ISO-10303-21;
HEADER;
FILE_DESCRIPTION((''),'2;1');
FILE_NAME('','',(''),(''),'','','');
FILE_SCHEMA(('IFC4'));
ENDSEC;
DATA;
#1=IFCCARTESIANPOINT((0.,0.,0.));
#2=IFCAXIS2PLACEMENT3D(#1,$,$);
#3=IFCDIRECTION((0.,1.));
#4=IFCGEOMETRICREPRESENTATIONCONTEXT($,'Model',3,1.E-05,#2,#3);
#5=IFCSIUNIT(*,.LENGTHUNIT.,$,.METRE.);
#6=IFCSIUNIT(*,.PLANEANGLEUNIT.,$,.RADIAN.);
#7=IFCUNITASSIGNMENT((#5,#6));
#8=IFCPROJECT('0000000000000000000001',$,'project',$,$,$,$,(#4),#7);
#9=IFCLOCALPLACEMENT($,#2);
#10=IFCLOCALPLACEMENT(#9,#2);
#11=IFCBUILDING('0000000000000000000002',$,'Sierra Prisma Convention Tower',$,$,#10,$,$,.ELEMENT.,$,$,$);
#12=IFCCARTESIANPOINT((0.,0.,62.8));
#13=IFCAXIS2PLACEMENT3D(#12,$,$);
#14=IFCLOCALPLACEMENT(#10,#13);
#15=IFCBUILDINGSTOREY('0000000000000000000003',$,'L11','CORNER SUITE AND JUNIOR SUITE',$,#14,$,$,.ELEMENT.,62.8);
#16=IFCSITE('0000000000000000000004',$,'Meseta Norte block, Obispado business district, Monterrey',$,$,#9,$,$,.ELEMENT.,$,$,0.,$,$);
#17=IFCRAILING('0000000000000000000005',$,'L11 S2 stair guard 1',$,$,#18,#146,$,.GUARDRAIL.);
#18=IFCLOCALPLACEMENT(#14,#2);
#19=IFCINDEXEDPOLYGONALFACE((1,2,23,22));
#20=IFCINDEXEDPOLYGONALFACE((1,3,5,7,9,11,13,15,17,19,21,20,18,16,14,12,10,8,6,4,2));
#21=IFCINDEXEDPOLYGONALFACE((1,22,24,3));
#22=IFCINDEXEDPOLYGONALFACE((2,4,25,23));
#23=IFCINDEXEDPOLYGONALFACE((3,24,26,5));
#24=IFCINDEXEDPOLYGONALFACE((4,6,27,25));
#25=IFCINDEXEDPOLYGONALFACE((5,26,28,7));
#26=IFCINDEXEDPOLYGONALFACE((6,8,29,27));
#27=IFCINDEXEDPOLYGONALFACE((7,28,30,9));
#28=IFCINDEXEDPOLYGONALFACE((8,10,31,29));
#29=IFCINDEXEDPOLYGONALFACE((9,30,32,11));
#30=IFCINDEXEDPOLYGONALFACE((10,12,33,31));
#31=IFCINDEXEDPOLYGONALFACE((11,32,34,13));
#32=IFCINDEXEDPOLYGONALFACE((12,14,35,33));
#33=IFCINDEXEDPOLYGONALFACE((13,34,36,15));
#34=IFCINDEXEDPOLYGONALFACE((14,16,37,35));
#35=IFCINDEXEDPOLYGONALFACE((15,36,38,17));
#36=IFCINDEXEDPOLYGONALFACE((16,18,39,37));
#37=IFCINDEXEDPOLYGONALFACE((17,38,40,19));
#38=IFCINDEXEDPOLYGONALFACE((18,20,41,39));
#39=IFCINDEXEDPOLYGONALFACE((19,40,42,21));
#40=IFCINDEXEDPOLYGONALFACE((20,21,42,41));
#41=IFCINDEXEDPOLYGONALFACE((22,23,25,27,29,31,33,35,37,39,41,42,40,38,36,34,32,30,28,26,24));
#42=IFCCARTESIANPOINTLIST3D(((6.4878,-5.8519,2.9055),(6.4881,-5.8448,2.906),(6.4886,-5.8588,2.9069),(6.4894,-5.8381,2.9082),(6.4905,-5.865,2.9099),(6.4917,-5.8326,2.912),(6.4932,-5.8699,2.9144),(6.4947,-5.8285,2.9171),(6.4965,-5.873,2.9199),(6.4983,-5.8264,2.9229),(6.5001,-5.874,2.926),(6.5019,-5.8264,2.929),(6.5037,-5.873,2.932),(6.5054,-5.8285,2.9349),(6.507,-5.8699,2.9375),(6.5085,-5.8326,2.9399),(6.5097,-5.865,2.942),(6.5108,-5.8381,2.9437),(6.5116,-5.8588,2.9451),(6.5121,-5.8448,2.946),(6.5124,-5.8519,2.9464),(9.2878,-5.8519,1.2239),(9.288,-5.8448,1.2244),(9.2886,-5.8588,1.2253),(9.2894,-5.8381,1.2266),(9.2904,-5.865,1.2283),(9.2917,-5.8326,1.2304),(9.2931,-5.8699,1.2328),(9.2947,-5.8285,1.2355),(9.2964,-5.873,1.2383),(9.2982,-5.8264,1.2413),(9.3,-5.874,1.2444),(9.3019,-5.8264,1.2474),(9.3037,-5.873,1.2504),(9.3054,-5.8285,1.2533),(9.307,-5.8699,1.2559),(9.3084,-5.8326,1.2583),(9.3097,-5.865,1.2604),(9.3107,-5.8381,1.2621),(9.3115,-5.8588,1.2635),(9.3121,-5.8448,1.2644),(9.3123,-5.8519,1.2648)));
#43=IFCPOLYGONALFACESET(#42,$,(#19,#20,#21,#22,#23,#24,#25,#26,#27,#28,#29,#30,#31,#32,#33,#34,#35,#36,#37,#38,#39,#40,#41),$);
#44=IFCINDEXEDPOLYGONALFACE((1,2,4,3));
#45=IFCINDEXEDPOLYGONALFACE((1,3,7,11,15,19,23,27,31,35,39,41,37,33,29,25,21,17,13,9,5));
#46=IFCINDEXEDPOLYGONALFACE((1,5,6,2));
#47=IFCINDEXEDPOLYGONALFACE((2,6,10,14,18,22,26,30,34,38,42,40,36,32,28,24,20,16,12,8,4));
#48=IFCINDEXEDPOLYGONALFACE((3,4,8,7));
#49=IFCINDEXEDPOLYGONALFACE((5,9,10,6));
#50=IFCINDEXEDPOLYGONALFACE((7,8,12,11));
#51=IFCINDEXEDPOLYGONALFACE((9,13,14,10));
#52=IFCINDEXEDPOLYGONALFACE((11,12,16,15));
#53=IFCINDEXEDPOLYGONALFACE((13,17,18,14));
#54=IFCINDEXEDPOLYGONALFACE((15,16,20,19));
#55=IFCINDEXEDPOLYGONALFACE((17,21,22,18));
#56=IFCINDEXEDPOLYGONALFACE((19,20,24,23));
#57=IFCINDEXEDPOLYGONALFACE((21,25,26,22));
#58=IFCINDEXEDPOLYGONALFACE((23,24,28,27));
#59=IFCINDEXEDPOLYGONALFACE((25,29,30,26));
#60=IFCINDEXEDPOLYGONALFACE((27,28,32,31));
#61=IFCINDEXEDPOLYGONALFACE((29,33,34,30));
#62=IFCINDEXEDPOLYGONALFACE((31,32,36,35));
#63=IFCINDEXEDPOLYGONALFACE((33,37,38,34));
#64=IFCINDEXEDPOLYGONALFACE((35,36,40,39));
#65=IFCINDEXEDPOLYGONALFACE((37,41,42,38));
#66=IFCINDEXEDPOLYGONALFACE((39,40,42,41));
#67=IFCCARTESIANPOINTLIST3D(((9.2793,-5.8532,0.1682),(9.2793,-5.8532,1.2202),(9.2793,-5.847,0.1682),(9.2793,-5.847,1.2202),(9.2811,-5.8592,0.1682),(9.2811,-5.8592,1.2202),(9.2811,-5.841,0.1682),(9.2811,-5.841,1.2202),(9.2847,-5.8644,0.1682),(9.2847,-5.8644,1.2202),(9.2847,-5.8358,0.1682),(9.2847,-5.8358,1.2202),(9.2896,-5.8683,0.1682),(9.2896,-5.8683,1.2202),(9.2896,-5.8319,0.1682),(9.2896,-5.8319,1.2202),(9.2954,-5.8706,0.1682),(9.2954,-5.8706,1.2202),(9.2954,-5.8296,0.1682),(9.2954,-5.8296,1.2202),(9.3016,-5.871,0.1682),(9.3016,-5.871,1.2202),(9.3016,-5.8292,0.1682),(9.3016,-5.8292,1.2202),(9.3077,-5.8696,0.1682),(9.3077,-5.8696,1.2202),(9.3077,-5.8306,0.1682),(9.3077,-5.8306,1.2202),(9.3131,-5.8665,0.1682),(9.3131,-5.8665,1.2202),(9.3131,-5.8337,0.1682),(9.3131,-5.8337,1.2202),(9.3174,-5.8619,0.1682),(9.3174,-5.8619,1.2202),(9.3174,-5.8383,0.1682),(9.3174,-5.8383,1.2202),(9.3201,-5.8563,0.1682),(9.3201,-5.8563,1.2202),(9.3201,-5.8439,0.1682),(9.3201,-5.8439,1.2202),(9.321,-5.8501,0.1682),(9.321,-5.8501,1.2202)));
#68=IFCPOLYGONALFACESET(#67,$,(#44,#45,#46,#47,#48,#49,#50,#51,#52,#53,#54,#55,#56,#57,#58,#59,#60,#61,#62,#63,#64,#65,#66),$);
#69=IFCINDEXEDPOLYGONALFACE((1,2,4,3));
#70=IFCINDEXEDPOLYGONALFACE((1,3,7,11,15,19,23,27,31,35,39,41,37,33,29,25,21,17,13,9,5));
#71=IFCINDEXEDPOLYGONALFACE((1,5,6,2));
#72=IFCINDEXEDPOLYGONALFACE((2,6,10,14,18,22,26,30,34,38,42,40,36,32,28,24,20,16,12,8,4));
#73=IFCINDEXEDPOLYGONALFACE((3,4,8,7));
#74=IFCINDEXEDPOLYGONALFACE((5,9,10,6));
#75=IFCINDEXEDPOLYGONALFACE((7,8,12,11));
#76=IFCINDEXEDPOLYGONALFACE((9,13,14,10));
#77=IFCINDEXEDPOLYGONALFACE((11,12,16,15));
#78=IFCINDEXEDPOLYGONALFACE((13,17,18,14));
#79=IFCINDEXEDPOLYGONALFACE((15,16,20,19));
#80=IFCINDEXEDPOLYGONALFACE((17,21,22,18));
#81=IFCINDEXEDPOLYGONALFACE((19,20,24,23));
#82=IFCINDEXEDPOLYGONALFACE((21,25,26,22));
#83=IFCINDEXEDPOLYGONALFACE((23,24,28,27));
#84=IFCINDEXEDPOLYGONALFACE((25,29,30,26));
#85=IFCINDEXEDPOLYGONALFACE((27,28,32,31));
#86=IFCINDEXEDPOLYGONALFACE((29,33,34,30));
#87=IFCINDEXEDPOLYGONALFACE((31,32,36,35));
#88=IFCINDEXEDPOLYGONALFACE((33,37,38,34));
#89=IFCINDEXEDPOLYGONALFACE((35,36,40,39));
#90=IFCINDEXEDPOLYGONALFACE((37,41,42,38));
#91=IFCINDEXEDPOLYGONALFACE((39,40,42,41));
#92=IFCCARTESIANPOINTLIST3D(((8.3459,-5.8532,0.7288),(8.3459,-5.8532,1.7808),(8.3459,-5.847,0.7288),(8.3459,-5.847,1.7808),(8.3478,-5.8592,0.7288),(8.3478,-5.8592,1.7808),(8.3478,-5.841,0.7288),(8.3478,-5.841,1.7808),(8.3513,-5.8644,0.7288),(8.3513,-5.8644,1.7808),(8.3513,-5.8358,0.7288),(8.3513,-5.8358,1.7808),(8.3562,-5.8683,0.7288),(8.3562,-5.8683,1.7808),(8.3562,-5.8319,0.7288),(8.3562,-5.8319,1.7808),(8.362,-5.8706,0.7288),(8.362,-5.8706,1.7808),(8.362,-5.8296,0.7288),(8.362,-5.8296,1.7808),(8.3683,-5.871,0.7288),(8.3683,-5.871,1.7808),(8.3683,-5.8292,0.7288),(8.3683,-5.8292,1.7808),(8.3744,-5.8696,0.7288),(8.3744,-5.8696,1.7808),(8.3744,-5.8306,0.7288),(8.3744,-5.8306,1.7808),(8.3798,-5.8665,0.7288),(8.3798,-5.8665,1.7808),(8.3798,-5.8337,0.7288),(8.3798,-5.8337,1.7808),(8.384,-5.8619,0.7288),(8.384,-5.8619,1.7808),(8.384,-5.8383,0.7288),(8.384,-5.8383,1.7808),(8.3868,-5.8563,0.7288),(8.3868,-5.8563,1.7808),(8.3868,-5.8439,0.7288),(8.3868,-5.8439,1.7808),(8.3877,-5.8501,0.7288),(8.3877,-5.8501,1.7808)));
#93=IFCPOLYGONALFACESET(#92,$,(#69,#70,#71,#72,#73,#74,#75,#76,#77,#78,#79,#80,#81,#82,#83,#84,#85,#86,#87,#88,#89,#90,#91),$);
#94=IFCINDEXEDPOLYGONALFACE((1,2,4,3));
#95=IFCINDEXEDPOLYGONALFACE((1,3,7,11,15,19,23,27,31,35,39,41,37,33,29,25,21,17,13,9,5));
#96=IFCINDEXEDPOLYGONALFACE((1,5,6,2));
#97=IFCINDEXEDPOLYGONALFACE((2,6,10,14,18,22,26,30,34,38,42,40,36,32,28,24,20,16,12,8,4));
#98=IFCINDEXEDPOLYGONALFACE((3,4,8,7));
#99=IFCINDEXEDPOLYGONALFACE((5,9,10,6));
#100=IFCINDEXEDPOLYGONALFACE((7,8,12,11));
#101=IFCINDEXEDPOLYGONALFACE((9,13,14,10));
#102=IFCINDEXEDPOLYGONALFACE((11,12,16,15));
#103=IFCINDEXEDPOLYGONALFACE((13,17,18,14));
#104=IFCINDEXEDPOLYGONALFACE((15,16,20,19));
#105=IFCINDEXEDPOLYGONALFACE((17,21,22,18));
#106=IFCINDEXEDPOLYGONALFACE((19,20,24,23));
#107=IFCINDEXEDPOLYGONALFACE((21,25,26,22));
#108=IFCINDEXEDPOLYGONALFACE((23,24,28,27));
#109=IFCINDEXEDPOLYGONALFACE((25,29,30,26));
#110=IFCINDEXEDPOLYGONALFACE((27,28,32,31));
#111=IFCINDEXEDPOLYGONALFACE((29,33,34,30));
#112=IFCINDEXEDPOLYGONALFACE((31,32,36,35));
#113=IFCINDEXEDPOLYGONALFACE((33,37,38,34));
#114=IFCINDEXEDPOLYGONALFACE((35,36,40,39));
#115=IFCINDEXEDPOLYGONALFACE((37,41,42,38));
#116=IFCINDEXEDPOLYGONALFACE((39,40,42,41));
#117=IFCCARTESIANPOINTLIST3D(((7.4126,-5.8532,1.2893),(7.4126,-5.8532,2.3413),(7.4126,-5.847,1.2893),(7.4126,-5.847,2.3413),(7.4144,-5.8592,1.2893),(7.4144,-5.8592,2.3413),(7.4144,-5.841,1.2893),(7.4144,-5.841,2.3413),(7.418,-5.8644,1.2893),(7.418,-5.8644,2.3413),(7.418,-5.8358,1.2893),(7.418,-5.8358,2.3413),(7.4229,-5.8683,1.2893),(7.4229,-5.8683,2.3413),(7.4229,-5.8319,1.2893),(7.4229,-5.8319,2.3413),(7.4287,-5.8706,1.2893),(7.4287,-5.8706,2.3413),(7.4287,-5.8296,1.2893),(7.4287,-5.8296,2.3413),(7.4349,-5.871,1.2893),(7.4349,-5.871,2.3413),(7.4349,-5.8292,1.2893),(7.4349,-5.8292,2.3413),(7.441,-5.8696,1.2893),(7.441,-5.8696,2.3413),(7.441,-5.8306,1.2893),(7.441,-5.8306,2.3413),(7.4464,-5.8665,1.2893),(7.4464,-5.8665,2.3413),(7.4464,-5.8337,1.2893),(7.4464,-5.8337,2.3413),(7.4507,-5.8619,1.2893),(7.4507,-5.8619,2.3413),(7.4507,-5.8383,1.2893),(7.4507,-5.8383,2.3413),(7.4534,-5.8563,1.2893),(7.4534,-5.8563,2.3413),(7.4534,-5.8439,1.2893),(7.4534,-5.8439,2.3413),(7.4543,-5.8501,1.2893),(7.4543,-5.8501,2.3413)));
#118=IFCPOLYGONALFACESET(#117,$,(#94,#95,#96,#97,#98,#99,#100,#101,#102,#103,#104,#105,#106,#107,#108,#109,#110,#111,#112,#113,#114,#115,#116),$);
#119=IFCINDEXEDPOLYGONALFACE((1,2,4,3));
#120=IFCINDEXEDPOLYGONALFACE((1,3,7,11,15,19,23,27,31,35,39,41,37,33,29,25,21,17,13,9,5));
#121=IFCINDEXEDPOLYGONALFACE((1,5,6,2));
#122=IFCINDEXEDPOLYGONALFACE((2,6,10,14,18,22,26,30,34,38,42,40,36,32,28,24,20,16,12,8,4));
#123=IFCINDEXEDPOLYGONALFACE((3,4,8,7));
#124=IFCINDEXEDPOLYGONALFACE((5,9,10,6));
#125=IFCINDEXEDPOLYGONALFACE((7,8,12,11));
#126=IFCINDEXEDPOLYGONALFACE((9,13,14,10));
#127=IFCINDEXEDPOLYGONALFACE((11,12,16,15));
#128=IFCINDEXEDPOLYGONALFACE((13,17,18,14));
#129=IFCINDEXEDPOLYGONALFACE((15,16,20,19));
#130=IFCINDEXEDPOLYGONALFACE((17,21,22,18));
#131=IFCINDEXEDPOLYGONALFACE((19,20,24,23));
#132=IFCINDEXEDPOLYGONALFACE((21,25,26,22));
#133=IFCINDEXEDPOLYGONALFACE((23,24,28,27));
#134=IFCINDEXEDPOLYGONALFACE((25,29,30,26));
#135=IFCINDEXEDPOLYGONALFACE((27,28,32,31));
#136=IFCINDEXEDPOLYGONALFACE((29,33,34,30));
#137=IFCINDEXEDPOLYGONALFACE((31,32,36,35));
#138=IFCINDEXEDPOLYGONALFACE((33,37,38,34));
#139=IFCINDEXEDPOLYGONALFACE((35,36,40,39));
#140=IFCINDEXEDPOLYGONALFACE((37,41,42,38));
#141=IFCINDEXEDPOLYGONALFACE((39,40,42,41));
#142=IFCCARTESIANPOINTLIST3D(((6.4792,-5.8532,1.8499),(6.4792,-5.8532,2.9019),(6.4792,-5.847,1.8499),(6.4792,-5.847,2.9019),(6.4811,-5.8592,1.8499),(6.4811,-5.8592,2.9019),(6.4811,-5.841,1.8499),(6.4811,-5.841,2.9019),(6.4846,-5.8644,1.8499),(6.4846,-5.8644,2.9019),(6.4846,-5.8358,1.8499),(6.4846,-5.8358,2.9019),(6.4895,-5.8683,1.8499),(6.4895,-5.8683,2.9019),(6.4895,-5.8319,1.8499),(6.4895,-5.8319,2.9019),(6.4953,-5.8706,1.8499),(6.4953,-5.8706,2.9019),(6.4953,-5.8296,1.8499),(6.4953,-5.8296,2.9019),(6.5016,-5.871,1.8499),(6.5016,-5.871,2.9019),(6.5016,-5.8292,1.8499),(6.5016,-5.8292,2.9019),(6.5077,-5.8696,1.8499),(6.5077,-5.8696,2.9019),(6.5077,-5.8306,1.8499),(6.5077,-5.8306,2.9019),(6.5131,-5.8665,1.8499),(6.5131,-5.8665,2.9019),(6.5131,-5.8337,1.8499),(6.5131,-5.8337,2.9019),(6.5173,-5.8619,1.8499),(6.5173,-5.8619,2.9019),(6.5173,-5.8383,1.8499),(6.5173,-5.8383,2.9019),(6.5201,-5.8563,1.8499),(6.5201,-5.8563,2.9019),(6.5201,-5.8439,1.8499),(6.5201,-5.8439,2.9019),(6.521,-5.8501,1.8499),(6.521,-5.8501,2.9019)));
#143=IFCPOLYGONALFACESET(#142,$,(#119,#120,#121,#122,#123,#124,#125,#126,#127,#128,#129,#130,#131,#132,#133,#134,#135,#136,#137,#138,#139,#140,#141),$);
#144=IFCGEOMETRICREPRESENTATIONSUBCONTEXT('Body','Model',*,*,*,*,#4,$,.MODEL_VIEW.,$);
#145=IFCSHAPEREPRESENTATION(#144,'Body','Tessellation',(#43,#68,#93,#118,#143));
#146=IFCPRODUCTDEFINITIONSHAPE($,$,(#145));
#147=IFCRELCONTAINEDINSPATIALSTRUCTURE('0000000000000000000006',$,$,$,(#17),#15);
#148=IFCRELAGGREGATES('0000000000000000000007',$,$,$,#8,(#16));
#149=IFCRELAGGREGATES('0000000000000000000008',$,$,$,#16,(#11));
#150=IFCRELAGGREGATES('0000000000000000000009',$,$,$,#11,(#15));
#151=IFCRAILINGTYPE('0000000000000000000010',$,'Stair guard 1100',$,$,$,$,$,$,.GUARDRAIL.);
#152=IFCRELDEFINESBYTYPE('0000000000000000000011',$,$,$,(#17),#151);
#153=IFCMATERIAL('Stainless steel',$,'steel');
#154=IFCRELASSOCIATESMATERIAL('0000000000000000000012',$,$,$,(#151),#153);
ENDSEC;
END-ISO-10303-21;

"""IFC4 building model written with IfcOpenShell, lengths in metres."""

from ifc_helpers import new_model, si_unit, direction, frame, origin, origin_2d, place, context, subcontext, project, spatial, circle, extrude, material, type_object, element, save


model = new_model("IFC4")

# Units and contexts
model_context = context("Model", 3, precision=1e-05, world=origin(), true_north=direction((0.0, 1.0)))
body_context = subcontext(model_context, "Body", "Model", "MODEL_VIEW")
ifc_project = project(units=[si_unit("LENGTHUNIT", "METRE"), si_unit("PLANEANGLEUNIT", "RADIAN")], contexts=[model_context])

# Site, building, storey
site_placement = place(None, origin())
site = spatial("IfcSite", under=ifc_project, at=site_placement, Name="Meseta Norte block, Obispado business district, Monterrey", CompositionType="ELEMENT", RefElevation=0.0)
building_placement = place(site_placement, origin())
building = spatial("IfcBuilding", under=site, at=building_placement, Name="Sierra Prisma Convention Tower", CompositionType="ELEMENT")
storey_placement = place(building_placement, frame((0.0, 0.0, 62.8)))
storey = spatial("IfcBuildingStorey", under=building, at=storey_placement, Name="L11", Description="CORNER SUITE AND JUNIOR SUITE", CompositionType="ELEMENT", Elevation=62.8)

# Railing
ifc_material_1 = material(Name="Stainless steel", Category="steel")
railing_type_1 = type_object("IfcRailingType", Name="Stair guard 1100", PredefinedType="GUARDRAIL", material=ifc_material_1)
railing_1_placement = place(storey_placement, frame((9.3, -5.8501, 0.1682)))
element("IfcRailing", 1, at=railing_1_placement, inside=storey, type_object=railing_type_1, Name="L11 S2 stair guard 1", PredefinedType="GUARDRAIL", context=body_context, shape_type="SweptSolid", body=[
    extrude(circle(Radius=0.0239, at=origin_2d()), frame((0.0, 0.0, 1.0762), z_axis=(-0.857275, 0.0, 0.514858), x_axis=(0.0, -1.0, 0.0)), (0.0, 0.0, 1.0), 3.2661),
    extrude(circle(Radius=0.021, at=origin_2d()), origin(), (0.0, 0.0, 1.0), 1.052),
    extrude(circle(Radius=0.021, at=origin_2d()), frame((-0.9333, 0.0, 0.5605)), (0.0, 0.0, 1.0), 1.052),
    extrude(circle(Radius=0.021, at=origin_2d()), frame((-1.8667, 0.0, 1.1211)), (0.0, 0.0, 1.0), 1.052),
    extrude(circle(Radius=0.021, at=origin_2d()), frame((-2.8, 0.0, 1.6816)), (0.0, 0.0, 1.0), 1.052),
])

save(model, "model.ifc")
